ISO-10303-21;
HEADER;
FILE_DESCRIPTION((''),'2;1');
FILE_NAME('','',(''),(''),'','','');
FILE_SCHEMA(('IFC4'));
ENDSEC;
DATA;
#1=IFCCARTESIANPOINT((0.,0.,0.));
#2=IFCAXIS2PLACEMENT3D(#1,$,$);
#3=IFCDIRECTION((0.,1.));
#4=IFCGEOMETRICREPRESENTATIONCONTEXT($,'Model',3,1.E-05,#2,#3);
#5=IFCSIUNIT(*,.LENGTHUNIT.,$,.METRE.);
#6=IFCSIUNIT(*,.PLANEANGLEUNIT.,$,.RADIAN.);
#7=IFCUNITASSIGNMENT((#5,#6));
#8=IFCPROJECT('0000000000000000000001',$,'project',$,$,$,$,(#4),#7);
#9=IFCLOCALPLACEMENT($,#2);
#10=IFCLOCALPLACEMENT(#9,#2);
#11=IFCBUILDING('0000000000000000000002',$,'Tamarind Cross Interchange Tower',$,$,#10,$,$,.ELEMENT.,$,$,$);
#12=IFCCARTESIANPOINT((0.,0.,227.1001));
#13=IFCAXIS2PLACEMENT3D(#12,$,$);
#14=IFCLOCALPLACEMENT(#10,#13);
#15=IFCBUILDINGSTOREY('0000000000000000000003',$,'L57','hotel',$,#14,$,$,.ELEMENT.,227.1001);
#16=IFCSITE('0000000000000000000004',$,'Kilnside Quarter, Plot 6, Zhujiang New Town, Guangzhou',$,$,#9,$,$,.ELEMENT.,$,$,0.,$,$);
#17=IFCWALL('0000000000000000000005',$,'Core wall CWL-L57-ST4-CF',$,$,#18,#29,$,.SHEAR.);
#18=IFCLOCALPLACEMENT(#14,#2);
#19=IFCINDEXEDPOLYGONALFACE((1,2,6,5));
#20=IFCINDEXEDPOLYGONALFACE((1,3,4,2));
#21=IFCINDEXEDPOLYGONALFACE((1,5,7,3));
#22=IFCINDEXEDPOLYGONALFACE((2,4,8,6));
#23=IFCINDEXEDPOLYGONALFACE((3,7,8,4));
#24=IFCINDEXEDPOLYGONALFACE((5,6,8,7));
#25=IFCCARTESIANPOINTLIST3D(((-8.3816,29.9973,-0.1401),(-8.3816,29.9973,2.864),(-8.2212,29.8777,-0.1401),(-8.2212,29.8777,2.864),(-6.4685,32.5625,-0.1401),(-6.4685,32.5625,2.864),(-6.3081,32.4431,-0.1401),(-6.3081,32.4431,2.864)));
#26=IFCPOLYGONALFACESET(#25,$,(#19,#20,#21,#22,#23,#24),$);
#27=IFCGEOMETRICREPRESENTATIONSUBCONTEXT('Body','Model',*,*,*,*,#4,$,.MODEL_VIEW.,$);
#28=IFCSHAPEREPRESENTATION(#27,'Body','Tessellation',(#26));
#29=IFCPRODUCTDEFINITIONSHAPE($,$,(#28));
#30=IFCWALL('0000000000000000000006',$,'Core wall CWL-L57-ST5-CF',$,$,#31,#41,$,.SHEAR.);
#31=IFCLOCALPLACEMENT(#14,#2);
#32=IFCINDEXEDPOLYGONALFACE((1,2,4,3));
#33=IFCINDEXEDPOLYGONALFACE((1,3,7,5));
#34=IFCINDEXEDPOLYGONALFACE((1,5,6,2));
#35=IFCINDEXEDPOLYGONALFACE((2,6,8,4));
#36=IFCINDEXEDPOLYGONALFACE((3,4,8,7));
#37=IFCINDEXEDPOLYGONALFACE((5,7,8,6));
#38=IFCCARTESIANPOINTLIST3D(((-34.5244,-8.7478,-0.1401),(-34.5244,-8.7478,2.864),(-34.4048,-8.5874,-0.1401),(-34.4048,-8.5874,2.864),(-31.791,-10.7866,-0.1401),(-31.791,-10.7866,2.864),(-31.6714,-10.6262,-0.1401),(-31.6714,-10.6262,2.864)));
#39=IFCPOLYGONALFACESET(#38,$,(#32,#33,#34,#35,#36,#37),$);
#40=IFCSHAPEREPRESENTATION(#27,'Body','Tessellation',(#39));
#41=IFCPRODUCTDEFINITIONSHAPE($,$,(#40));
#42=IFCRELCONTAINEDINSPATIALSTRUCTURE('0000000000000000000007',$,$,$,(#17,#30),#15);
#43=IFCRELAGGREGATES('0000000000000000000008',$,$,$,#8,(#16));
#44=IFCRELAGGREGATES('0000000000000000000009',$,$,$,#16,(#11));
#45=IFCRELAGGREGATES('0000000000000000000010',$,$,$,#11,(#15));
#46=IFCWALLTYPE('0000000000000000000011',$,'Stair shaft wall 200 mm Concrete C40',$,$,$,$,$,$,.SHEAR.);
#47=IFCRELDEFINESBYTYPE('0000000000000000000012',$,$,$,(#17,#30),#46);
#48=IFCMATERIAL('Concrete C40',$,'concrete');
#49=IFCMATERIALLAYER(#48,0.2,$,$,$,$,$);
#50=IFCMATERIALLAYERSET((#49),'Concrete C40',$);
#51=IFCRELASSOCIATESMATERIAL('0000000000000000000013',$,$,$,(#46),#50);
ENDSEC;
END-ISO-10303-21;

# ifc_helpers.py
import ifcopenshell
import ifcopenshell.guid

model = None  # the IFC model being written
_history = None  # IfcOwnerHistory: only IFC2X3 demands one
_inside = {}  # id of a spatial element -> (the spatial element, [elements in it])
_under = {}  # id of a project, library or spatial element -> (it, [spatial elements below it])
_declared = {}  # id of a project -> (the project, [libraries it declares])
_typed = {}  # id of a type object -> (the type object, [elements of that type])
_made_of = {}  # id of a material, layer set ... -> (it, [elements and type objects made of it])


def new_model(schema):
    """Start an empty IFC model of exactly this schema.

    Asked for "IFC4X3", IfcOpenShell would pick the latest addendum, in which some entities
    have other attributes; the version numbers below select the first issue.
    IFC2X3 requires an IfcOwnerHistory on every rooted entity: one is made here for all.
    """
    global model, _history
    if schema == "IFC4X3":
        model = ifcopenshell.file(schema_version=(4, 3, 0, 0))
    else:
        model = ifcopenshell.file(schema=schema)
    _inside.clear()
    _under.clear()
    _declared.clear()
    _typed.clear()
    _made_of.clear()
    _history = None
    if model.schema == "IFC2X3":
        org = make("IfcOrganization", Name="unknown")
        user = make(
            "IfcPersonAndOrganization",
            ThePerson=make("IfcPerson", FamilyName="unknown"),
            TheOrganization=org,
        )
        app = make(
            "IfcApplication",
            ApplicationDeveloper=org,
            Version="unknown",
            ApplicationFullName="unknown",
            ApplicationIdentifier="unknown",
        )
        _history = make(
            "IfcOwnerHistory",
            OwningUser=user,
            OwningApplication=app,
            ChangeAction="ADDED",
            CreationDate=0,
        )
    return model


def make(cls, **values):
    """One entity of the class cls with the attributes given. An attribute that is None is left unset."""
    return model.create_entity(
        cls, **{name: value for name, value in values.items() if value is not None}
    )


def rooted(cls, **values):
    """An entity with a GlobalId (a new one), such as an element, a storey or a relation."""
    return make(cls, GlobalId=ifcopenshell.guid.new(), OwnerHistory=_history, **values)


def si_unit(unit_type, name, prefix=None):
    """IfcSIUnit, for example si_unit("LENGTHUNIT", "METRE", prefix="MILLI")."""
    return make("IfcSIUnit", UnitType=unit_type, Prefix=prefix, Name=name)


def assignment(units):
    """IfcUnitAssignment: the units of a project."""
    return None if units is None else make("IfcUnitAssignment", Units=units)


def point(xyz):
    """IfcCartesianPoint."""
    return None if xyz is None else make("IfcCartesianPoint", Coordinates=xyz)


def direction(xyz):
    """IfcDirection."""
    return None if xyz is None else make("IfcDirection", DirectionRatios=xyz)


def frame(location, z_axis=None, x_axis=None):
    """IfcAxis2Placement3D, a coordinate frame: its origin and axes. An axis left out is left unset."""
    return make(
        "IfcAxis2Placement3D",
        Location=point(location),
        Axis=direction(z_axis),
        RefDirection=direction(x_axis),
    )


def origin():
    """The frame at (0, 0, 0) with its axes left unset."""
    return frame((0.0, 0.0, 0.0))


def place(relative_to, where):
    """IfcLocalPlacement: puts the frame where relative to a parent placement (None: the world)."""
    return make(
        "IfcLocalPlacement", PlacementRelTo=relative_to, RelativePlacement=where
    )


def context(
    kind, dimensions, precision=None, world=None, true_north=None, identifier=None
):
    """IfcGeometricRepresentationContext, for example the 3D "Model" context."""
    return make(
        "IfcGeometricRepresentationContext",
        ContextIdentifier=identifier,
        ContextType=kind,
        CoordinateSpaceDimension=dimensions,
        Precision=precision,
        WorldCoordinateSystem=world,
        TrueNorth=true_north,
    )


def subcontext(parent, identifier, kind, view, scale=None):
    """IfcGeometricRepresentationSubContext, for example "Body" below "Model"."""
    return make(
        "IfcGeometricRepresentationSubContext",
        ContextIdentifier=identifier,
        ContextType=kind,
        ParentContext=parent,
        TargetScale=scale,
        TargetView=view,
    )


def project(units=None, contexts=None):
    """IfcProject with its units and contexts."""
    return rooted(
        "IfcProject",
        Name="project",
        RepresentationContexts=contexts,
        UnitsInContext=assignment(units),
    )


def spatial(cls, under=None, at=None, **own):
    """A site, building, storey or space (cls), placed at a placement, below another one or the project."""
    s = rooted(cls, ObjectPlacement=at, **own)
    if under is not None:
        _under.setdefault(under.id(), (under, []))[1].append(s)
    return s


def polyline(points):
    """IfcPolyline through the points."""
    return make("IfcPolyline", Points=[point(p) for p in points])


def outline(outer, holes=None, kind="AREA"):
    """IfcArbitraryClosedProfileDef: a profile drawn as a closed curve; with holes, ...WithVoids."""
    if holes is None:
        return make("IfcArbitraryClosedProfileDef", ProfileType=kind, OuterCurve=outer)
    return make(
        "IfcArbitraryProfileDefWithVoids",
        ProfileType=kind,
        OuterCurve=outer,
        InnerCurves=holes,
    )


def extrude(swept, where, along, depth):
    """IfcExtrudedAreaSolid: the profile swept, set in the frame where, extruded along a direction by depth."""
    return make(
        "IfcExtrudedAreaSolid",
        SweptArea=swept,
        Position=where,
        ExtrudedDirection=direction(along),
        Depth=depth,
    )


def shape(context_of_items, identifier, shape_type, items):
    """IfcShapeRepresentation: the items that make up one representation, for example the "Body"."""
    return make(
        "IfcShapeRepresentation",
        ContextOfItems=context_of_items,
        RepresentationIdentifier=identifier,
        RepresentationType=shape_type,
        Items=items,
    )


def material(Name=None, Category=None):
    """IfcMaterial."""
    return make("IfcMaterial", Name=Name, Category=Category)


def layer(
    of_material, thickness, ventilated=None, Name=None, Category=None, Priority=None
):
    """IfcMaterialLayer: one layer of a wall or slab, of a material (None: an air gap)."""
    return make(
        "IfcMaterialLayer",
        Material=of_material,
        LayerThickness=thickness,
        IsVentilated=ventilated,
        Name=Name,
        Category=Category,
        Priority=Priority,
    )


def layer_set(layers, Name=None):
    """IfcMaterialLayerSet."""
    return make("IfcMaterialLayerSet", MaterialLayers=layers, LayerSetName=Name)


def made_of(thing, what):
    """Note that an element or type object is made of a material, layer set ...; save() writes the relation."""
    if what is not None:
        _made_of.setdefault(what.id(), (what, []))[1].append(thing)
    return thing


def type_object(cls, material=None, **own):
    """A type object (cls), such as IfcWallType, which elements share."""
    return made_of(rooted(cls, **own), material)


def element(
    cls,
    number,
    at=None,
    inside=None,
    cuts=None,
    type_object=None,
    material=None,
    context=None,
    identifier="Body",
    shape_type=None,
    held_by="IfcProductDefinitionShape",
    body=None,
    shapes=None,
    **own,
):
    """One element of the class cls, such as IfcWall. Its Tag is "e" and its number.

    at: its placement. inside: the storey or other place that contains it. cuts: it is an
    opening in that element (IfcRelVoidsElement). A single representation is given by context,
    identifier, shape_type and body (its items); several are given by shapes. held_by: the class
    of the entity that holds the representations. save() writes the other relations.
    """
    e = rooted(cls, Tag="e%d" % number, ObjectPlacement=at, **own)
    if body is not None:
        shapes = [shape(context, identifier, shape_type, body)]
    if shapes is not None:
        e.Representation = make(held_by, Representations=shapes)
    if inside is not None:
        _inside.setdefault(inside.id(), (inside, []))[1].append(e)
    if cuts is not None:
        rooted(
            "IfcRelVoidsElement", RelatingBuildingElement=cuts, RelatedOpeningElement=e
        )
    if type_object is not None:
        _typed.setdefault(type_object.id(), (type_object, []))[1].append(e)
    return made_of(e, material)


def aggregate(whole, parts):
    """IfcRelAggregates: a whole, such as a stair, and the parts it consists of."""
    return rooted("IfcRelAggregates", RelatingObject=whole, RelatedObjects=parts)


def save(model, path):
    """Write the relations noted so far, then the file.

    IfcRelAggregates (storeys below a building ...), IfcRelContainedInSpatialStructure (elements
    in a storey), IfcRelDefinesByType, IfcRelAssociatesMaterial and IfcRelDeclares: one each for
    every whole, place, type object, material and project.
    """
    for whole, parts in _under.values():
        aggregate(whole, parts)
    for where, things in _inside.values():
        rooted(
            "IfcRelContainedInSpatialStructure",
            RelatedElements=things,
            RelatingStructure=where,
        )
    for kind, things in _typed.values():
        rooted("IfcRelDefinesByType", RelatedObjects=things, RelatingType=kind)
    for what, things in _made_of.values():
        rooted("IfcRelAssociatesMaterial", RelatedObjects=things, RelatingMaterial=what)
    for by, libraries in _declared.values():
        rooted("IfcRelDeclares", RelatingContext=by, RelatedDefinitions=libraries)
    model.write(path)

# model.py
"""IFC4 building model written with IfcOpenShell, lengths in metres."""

from ifc_helpers import new_model, si_unit, direction, frame, origin, place, context, subcontext, project, spatial, polyline, outline, extrude, material, layer, layer_set, type_object, element, save


model = new_model("IFC4")

# Units and contexts
model_context = context("Model", 3, precision=1e-05, world=origin(), true_north=direction((0.0, 1.0)))
body_context = subcontext(model_context, "Body", "Model", "MODEL_VIEW")
ifc_project = project(units=[si_unit("LENGTHUNIT", "METRE"), si_unit("PLANEANGLEUNIT", "RADIAN")], contexts=[model_context])

# Site, building, storey
site_placement = place(None, origin())
site = spatial("IfcSite", under=ifc_project, at=site_placement, Name="Kilnside Quarter, Plot 6, Zhujiang New Town, Guangzhou", CompositionType="ELEMENT", RefElevation=0.0)
building_placement = place(site_placement, origin())
building = spatial("IfcBuilding", under=site, at=building_placement, Name="Tamarind Cross Interchange Tower", CompositionType="ELEMENT")
storey_placement = place(building_placement, frame((0.0, 0.0, 227.1001)))
storey = spatial("IfcBuildingStorey", under=building, at=storey_placement, Name="L57", Description="hotel", CompositionType="ELEMENT", Elevation=227.1001)

# Shared definitions
ifc_material_1 = material(Name="Concrete C40", Category="concrete")

# Walls
ifc_layer_1 = layer(ifc_material_1, 0.2)
ifc_layer_set_1 = layer_set([ifc_layer_1], Name="Concrete C40")
wall_type_1 = type_object("IfcWallType", Name="Stair shaft wall 200 mm Concrete C40", PredefinedType="SHEAR", material=ifc_layer_set_1)
wall_1_placement = place(storey_placement, frame((0.0, 0.0, -0.1401)))
element("IfcWall", 1, at=wall_1_placement, inside=storey, type_object=wall_type_1, Name="Core wall CWL-L57-ST4-CF", PredefinedType="SHEAR", context=body_context, shape_type="SweptSolid", body=[
    extrude(outline(polyline([(-6.3081, 32.4431), (-6.4685, 32.5625), (-8.3816, 29.9973), (-8.2212, 29.8777), (-6.3081, 32.4431)])), origin(), (0.0, 0.0, 1.0), 3.0042),
])
wall_2_placement = place(storey_placement, frame((0.0, 0.0, -0.1401)))
element("IfcWall", 2, at=wall_2_placement, inside=storey, type_object=wall_type_1, Name="Core wall CWL-L57-ST5-CF", PredefinedType="SHEAR", context=body_context, shape_type="SweptSolid", body=[
    extrude(outline(polyline([(-34.4048, -8.5874), (-34.5244, -8.7478), (-31.791, -10.7866), (-31.6714, -10.6262), (-34.4048, -8.5874)])), origin(), (0.0, 0.0, 1.0), 3.0042),
])

save(model, "model.ifc")
